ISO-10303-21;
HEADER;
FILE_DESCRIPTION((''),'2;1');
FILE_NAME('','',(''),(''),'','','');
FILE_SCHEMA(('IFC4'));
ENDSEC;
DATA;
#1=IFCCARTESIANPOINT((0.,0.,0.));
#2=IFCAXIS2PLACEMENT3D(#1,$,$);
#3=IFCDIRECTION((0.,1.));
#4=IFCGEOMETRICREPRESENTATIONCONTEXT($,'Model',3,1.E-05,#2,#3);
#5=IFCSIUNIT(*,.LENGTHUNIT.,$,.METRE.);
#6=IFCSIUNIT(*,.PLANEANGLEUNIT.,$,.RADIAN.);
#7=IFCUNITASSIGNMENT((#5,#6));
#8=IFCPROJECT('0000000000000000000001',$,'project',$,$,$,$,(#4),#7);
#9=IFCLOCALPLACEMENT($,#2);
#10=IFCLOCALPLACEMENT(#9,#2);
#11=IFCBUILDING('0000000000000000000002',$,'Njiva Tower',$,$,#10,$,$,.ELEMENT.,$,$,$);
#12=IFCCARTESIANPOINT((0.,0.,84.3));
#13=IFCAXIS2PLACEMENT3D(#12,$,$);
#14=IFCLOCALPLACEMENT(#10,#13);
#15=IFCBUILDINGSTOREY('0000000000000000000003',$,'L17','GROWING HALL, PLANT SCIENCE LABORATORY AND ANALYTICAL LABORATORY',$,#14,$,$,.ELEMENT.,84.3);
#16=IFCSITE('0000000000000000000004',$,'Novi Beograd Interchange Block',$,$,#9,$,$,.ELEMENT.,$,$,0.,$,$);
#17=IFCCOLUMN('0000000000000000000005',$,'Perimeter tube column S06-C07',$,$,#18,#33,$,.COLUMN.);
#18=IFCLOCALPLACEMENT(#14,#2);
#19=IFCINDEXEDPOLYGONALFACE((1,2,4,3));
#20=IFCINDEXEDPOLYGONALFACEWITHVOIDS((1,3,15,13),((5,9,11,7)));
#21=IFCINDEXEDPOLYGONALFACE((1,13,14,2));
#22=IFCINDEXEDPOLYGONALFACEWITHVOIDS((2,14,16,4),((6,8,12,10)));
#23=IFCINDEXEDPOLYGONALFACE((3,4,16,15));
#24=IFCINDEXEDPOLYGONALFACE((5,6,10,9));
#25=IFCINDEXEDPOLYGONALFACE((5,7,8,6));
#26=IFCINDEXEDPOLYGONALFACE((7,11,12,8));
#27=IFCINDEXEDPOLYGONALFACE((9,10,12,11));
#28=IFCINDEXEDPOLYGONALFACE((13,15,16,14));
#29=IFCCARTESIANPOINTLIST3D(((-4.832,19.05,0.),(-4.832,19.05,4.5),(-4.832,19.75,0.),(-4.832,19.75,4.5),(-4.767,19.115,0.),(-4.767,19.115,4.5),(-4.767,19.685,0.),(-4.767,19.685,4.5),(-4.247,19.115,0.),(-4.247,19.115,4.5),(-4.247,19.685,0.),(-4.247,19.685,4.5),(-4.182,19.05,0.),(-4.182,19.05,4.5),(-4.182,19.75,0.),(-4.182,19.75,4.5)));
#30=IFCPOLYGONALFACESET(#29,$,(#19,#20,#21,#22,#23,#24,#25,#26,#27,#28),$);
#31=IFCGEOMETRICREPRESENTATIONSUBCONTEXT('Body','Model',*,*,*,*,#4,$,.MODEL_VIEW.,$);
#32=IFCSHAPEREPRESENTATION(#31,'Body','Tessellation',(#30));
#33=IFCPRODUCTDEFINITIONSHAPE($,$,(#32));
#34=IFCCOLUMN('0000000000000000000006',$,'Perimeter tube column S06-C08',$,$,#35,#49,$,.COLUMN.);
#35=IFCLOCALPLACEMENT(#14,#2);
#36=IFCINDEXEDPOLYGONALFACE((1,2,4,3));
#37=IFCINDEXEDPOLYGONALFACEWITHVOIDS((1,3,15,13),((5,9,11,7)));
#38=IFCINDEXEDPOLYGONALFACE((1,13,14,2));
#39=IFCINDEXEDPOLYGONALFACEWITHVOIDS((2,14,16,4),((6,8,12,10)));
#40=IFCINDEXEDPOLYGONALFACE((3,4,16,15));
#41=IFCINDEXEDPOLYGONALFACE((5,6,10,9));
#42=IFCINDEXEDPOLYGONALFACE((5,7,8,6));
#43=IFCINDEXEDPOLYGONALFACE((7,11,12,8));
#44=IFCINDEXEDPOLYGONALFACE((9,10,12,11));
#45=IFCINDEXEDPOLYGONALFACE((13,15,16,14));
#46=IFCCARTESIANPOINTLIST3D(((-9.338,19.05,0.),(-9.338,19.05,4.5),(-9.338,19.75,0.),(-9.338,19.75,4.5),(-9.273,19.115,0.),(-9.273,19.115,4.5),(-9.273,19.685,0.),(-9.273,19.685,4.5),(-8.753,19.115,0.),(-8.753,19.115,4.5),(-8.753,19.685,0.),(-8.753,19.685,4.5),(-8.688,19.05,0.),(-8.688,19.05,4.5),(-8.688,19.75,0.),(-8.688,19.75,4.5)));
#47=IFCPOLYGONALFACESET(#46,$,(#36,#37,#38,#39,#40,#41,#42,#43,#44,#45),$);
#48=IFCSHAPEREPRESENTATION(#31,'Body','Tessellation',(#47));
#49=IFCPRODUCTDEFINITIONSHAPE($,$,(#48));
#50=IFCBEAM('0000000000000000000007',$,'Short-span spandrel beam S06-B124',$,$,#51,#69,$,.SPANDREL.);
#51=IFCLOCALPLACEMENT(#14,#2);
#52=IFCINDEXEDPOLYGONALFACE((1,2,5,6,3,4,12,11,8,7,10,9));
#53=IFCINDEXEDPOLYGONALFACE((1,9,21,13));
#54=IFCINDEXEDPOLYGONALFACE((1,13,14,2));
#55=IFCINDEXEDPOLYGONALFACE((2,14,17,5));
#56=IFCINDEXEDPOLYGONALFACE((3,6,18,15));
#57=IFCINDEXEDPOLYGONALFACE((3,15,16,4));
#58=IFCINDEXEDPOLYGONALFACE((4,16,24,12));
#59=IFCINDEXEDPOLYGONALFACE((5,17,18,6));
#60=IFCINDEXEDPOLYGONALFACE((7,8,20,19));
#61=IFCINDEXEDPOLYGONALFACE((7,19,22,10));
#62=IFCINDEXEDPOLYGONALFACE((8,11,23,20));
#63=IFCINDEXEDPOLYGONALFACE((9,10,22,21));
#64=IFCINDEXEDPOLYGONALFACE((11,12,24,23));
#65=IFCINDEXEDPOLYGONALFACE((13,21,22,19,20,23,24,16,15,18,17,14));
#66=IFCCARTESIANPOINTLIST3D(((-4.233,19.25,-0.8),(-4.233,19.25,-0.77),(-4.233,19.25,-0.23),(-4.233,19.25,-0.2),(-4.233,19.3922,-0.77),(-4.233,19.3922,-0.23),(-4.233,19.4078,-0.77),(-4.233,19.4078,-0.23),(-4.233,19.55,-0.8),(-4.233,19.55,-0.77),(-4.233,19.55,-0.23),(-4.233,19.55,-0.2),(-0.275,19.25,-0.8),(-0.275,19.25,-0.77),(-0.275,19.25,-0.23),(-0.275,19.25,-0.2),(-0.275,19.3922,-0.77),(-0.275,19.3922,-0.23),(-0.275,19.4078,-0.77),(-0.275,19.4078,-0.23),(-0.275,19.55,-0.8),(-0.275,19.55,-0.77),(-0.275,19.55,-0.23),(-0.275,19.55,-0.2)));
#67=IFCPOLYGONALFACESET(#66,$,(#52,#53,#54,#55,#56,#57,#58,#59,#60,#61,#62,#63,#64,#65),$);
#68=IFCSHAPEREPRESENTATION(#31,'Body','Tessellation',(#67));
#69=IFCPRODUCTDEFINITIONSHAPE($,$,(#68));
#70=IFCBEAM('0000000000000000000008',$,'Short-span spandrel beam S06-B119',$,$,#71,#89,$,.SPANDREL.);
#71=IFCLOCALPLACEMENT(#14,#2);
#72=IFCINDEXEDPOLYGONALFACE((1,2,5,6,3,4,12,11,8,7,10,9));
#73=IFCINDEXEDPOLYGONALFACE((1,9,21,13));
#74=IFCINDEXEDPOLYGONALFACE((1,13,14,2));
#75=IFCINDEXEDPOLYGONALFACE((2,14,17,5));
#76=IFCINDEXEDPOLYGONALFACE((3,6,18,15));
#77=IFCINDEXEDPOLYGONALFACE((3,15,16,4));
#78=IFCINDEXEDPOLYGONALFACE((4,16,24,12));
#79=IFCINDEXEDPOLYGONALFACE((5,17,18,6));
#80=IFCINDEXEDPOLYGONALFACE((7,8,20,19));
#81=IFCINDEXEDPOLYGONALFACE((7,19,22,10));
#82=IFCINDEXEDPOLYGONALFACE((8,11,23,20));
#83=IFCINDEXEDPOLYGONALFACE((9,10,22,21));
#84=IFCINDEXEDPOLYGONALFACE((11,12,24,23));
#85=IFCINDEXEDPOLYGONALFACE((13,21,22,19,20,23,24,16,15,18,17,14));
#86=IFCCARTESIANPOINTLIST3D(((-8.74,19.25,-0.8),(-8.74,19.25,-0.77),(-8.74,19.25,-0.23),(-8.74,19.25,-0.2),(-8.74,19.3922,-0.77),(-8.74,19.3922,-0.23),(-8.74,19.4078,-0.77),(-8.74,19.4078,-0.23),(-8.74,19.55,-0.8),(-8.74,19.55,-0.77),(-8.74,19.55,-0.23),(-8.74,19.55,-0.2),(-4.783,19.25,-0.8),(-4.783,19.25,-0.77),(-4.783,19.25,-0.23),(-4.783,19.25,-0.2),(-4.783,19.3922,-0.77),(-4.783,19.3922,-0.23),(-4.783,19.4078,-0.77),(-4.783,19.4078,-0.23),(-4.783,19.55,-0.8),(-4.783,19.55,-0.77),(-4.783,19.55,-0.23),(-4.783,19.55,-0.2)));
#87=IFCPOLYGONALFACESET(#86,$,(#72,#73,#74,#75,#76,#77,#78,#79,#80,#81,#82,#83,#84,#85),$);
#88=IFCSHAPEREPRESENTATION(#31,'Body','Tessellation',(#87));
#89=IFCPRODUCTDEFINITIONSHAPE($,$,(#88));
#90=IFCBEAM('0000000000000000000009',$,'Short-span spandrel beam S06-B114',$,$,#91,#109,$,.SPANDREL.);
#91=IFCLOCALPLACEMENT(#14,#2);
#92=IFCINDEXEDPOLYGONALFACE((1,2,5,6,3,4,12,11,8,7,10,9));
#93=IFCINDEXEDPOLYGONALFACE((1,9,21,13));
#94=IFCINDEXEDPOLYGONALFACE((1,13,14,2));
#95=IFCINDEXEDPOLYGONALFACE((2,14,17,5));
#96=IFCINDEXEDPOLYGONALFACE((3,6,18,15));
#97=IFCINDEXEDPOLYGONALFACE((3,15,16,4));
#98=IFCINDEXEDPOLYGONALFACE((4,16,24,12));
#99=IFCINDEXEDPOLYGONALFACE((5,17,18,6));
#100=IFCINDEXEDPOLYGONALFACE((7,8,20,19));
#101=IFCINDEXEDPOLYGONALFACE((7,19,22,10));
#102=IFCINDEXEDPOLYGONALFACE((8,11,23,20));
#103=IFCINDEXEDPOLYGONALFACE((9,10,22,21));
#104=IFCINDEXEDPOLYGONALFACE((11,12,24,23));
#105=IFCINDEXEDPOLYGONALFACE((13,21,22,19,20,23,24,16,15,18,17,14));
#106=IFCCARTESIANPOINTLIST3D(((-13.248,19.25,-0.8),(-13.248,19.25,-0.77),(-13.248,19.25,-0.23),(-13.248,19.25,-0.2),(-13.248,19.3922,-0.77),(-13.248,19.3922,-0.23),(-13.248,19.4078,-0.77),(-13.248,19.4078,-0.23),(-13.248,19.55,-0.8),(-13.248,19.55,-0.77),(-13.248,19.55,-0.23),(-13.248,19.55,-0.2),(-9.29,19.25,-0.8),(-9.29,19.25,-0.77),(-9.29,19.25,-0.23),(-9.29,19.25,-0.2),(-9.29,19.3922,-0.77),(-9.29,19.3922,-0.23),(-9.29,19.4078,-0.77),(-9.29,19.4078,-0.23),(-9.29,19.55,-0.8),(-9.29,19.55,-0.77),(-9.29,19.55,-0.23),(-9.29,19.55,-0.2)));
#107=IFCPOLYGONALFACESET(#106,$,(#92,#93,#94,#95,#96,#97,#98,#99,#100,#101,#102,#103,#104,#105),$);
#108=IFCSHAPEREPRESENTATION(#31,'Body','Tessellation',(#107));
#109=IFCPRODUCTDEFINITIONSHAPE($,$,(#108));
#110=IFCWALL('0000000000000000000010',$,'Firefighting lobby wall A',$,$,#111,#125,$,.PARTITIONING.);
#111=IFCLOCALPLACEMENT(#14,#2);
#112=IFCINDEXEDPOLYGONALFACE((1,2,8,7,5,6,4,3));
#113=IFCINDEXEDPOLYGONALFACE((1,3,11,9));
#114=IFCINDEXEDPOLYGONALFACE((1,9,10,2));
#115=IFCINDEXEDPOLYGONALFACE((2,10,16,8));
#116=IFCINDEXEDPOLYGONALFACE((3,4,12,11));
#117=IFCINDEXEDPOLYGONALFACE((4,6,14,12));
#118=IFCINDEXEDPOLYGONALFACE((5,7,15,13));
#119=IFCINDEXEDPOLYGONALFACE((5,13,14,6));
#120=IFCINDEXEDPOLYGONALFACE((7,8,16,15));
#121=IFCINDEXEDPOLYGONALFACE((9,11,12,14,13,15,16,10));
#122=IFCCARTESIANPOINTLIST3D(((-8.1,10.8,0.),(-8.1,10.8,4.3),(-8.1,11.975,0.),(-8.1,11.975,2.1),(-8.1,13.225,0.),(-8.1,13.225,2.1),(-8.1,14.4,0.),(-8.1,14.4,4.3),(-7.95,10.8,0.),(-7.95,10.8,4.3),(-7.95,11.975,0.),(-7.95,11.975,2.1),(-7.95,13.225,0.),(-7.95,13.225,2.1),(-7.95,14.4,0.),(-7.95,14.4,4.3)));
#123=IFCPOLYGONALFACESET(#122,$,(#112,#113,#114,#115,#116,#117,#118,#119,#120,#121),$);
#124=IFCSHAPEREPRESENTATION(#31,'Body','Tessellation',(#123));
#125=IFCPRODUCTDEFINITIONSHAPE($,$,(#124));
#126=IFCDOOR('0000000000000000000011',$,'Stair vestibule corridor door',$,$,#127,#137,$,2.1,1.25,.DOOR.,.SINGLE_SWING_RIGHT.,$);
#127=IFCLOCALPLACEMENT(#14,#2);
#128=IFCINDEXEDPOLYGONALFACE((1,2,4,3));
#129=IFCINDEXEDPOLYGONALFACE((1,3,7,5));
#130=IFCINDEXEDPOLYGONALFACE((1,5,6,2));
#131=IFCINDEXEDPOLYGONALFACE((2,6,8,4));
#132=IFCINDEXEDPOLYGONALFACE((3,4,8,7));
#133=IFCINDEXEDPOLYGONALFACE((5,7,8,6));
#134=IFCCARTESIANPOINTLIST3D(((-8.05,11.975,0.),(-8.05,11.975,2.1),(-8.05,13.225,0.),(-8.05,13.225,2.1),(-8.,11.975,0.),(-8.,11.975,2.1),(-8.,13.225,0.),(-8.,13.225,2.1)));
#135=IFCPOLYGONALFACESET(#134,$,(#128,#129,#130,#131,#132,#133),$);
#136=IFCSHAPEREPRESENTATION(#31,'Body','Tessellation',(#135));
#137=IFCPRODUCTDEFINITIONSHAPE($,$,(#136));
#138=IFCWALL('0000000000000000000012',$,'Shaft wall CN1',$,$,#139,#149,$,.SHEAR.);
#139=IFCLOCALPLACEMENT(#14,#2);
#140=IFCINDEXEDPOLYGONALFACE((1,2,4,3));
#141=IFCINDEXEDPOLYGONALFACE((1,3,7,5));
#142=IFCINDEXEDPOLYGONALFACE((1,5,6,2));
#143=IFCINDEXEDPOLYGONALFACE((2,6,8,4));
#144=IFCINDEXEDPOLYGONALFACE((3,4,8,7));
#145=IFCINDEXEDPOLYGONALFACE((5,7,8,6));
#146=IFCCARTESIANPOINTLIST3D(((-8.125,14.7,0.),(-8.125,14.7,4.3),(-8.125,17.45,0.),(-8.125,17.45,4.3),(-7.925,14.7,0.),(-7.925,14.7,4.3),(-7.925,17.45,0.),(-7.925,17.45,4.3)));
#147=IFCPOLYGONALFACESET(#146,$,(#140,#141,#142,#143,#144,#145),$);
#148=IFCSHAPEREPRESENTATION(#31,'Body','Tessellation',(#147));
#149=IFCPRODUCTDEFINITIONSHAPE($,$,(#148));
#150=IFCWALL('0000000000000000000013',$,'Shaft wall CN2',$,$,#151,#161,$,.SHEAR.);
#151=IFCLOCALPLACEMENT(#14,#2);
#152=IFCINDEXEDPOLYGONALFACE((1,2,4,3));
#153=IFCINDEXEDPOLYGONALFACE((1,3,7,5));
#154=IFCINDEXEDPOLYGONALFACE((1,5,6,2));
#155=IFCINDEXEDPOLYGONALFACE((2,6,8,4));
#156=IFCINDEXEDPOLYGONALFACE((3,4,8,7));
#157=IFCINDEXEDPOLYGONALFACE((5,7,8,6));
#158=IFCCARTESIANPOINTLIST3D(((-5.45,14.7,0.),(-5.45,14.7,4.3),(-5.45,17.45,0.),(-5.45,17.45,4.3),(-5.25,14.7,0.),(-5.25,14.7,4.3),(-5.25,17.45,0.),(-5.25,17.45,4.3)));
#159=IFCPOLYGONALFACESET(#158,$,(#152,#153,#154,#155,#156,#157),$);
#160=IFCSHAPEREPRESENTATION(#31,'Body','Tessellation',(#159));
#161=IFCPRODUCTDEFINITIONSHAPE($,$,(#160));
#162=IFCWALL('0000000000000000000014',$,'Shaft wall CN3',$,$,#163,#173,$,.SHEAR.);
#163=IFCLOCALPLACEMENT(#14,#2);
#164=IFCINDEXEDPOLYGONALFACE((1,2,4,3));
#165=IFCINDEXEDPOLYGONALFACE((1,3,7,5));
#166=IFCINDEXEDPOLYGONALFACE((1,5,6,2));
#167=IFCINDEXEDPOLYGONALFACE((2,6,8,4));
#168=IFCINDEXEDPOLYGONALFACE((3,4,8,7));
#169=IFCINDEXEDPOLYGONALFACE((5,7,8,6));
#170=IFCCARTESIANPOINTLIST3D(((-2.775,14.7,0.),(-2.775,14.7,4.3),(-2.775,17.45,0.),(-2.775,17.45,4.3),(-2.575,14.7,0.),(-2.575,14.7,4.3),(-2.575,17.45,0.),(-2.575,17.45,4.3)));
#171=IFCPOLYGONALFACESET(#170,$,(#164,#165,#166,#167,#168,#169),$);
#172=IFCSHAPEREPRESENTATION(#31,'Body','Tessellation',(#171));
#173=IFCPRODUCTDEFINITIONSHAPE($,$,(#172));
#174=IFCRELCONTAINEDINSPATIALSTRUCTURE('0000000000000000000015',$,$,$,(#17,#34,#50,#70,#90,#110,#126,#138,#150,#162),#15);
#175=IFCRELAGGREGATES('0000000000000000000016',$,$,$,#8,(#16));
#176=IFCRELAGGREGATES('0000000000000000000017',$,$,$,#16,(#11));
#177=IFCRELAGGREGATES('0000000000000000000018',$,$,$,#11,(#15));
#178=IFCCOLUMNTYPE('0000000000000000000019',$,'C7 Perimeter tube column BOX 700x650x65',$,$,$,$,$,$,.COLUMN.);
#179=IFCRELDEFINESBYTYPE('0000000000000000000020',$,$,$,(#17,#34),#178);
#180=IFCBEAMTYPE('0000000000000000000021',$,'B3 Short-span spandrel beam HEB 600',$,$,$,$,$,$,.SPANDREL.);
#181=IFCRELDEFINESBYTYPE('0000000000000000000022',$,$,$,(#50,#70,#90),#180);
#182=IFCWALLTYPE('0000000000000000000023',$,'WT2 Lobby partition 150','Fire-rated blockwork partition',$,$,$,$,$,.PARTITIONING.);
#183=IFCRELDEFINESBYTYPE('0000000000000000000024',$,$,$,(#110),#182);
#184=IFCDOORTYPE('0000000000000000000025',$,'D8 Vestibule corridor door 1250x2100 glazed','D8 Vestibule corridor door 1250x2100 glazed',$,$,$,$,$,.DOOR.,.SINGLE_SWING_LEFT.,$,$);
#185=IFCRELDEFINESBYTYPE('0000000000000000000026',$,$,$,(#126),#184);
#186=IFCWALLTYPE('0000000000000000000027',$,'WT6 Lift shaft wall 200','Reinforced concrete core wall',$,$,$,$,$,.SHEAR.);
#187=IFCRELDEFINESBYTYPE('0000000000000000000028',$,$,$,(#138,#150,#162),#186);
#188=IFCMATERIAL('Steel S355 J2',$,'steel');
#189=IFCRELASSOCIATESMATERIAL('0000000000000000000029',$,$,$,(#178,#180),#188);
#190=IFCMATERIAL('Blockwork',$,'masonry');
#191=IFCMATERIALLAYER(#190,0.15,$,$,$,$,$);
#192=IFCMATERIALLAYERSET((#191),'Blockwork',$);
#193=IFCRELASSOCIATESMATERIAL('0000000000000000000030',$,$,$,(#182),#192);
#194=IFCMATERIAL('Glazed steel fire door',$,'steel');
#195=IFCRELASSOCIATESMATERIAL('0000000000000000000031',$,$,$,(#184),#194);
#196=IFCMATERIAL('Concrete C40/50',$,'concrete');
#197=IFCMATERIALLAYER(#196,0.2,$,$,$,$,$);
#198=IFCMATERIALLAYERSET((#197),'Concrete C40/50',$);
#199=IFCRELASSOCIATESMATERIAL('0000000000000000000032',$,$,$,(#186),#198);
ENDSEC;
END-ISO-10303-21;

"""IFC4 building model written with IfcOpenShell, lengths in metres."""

from ifc_helpers import new_model, si_unit, direction, frame, frame_2d, origin, origin_2d, place, context, subcontext, project, spatial, rectangle, hollow_rectangle, i_section, extrude, material, layer, layer_set, material_profile, profile_set, type_object, element, fill, save


model = new_model("IFC4")

# Units and contexts
model_context = context("Model", 3, precision=1e-05, world=origin(), true_north=direction((0.0, 1.0)))
body_context = subcontext(model_context, "Body", "Model", "MODEL_VIEW")
ifc_project = project(units=[si_unit("LENGTHUNIT", "METRE"), si_unit("PLANEANGLEUNIT", "RADIAN")], contexts=[model_context])

# Site, building, storey
site_placement = place(None, origin())
site = spatial("IfcSite", under=ifc_project, at=site_placement, Name="Novi Beograd Interchange Block", CompositionType="ELEMENT", RefElevation=0.0)
building_placement = place(site_placement, origin())
building = spatial("IfcBuilding", under=site, at=building_placement, Name="Njiva Tower", CompositionType="ELEMENT")
storey_placement = place(building_placement, frame((0.0, 0.0, 84.3)))
storey = spatial("IfcBuildingStorey", under=building, at=storey_placement, Name="L17", Description="GROWING HALL, PLANT SCIENCE LABORATORY AND ANALYTICAL LABORATORY", CompositionType="ELEMENT", Elevation=84.3)

# Columns
ifc_material_1 = material(Name="Steel S355 J2", Category="steel")
ifc_material_profile_1 = material_profile(ifc_material_1, hollow_rectangle(XDim=0.65, YDim=0.7, WallThickness=0.065, at=origin_2d()), Name="BOX 700x650x65")
ifc_profile_set_1 = profile_set([ifc_material_profile_1], Name="Steel S355 J2")
column_type = type_object("IfcColumnType", Name="C7 Perimeter tube column BOX 700x650x65", PredefinedType="COLUMN", material=ifc_profile_set_1)
for number, where, z_axis, x_axis, name in (
    (1, (-4.507, 19.4, 0.0), (0.0, 0.0, 1.0), (-1.0, 0.0, 0.0), "Perimeter tube column S06-C07"),
    (2, (-9.013, 19.4, 0.0), (0.0, 0.0, 1.0), (-1.0, 0.0, 0.0), "Perimeter tube column S06-C08"),
):
    element("IfcColumn", number, at=place(storey_placement, frame(where, z_axis=z_axis, x_axis=x_axis)), inside=storey, type_object=column_type, Name=name, PredefinedType="COLUMN", context=body_context, shape_type="SweptSolid", body=[
        extrude(hollow_rectangle(XDim=0.65, YDim=0.7, WallThickness=0.065, at=origin_2d()), origin(), (0.0, 0.0, 1.0), 4.5),
    ])

# Beams
ifc_material_profile_2 = material_profile(ifc_material_1, i_section(OverallWidth=0.3, OverallDepth=0.6, WebThickness=0.0155, FlangeThickness=0.03, at=origin_2d()), Name="HEB 600")
ifc_profile_set_2 = profile_set([ifc_material_profile_2], Name="Steel S355 J2")
beam_type = type_object("IfcBeamType", Name="B3 Short-span spandrel beam HEB 600", PredefinedType="SPANDREL", material=ifc_profile_set_2)
beam_1_placement = place(storey_placement, frame((-0.275, 19.4, -0.5), z_axis=(-1.0, 0.0, 0.0), x_axis=(0.0, -1.0, 0.0)))
element("IfcBeam", 3, at=beam_1_placement, inside=storey, type_object=beam_type, Name="Short-span spandrel beam S06-B124", PredefinedType="SPANDREL", context=body_context, shape_type="SweptSolid", body=[
    extrude(i_section(OverallWidth=0.3, OverallDepth=0.6, WebThickness=0.0155, FlangeThickness=0.03, at=origin_2d()), origin(), (0.0, 0.0, 1.0), 3.958),
])
beam_2_placement = place(storey_placement, frame((-4.783, 19.4, -0.5), z_axis=(-1.0, 0.0, 0.0), x_axis=(0.0, -1.0, 0.0)))
element("IfcBeam", 4, at=beam_2_placement, inside=storey, type_object=beam_type, Name="Short-span spandrel beam S06-B119", PredefinedType="SPANDREL", context=body_context, shape_type="SweptSolid", body=[
    extrude(i_section(OverallWidth=0.3, OverallDepth=0.6, WebThickness=0.0155, FlangeThickness=0.03, at=origin_2d()), origin(), (0.0, 0.0, 1.0), 3.957),
])
beam_3_placement = place(storey_placement, frame((-9.29, 19.4, -0.5), z_axis=(-1.0, 0.0, 0.0), x_axis=(0.0, -1.0, 0.0)))
element("IfcBeam", 5, at=beam_3_placement, inside=storey, type_object=beam_type, Name="Short-span spandrel beam S06-B114", PredefinedType="SPANDREL", context=body_context, shape_type="SweptSolid", body=[
    extrude(i_section(OverallWidth=0.3, OverallDepth=0.6, WebThickness=0.0155, FlangeThickness=0.03, at=origin_2d()), origin(), (0.0, 0.0, 1.0), 3.958),
])

# Wall, opening, door
ifc_material_2 = material(Name="Blockwork", Category="masonry")
ifc_layer_1 = layer(ifc_material_2, 0.15)
ifc_layer_set_1 = layer_set([ifc_layer_1], Name="Blockwork")
wall_type_1 = type_object("IfcWallType", Name="WT2 Lobby partition 150", Description="Fire-rated blockwork partition", PredefinedType="PARTITIONING", material=ifc_layer_set_1)
wall_placement = place(storey_placement, frame((-8.025, 10.8, 0.0), z_axis=(0.0, 0.0, 1.0), x_axis=(0.0, 1.0, 0.0)))
wall = element("IfcWall", 6, at=wall_placement, inside=storey, type_object=wall_type_1, Name="Firefighting lobby wall A", PredefinedType="PARTITIONING", context=body_context, shape_type="SweptSolid", body=[
    extrude(rectangle(XDim=3.6, YDim=0.15, at=frame_2d((1.8, 0.0))), origin(), (0.0, 0.0, 1.0), 4.3),
])
opening_placement = place(wall_placement, frame((1.175, 0.0, 0.0)))
opening = element("IfcOpeningElement", 7, at=opening_placement, cuts=wall, PredefinedType="OPENING", context=body_context, shape_type="SweptSolid", body=[
    extrude(rectangle(XDim=1.25, YDim=2.1, at=frame_2d((0.625, 1.05))), frame((0.0, 0.085, 0.0), z_axis=(0.0, -1.0, 0.0), x_axis=(1.0, 0.0, 0.0)), (0.0, 0.0, 1.0), 0.17),
])
ifc_material_3 = material(Name="Glazed steel fire door", Category="steel")
door_type = type_object("IfcDoorType", Name="D8 Vestibule corridor door 1250x2100 glazed", Description="D8 Vestibule corridor door 1250x2100 glazed", OperationType="SINGLE_SWING_LEFT", PredefinedType="DOOR", material=ifc_material_3)
door_placement = place(opening_placement, origin())
door = element("IfcDoor", 8, at=door_placement, inside=storey, type_object=door_type, Name="Stair vestibule corridor door", OperationType="SINGLE_SWING_RIGHT", OverallHeight=2.1, OverallWidth=1.25, PredefinedType="DOOR", context=body_context, shape_type="SweptSolid", body=[
    extrude(rectangle(XDim=1.25, YDim=2.1, at=frame_2d((0.625, 1.05))), frame((0.0, 0.025, 0.0), z_axis=(0.0, -1.0, 0.0), x_axis=(1.0, 0.0, 0.0)), (0.0, 0.0, 1.0), 0.05),
])
fill(opening, door)

# Walls
ifc_material_4 = material(Name="Concrete C40/50", Category="concrete")
ifc_layer_2 = layer(ifc_material_4, 0.2)
ifc_layer_set_2 = layer_set([ifc_layer_2], Name="Concrete C40/50")
wall_type_2 = type_object("IfcWallType", Name="WT6 Lift shaft wall 200", Description="Reinforced concrete core wall", PredefinedType="SHEAR", material=ifc_layer_set_2)
for number, where, z_axis, x_axis, name in (
    (9, (-8.025, 14.7, 0.0), (0.0, 0.0, 1.0), (0.0, 1.0, 0.0), "Shaft wall CN1"),
    (10, (-5.35, 14.7, 0.0), (0.0, 0.0, 1.0), (0.0, 1.0, 0.0), "Shaft wall CN2"),
    (11, (-2.675, 14.7, 0.0), (0.0, 0.0, 1.0), (0.0, 1.0, 0.0), "Shaft wall CN3"),
):
    element("IfcWall", number, at=place(storey_placement, frame(where, z_axis=z_axis, x_axis=x_axis)), inside=storey, type_object=wall_type_2, Name=name, PredefinedType="SHEAR", context=body_context, shape_type="SweptSolid", body=[
        extrude(rectangle(XDim=2.75, YDim=0.2, at=frame_2d((1.375, 0.0))), origin(), (0.0, 0.0, 1.0), 4.3),
    ])

save(model, "model.ifc")
